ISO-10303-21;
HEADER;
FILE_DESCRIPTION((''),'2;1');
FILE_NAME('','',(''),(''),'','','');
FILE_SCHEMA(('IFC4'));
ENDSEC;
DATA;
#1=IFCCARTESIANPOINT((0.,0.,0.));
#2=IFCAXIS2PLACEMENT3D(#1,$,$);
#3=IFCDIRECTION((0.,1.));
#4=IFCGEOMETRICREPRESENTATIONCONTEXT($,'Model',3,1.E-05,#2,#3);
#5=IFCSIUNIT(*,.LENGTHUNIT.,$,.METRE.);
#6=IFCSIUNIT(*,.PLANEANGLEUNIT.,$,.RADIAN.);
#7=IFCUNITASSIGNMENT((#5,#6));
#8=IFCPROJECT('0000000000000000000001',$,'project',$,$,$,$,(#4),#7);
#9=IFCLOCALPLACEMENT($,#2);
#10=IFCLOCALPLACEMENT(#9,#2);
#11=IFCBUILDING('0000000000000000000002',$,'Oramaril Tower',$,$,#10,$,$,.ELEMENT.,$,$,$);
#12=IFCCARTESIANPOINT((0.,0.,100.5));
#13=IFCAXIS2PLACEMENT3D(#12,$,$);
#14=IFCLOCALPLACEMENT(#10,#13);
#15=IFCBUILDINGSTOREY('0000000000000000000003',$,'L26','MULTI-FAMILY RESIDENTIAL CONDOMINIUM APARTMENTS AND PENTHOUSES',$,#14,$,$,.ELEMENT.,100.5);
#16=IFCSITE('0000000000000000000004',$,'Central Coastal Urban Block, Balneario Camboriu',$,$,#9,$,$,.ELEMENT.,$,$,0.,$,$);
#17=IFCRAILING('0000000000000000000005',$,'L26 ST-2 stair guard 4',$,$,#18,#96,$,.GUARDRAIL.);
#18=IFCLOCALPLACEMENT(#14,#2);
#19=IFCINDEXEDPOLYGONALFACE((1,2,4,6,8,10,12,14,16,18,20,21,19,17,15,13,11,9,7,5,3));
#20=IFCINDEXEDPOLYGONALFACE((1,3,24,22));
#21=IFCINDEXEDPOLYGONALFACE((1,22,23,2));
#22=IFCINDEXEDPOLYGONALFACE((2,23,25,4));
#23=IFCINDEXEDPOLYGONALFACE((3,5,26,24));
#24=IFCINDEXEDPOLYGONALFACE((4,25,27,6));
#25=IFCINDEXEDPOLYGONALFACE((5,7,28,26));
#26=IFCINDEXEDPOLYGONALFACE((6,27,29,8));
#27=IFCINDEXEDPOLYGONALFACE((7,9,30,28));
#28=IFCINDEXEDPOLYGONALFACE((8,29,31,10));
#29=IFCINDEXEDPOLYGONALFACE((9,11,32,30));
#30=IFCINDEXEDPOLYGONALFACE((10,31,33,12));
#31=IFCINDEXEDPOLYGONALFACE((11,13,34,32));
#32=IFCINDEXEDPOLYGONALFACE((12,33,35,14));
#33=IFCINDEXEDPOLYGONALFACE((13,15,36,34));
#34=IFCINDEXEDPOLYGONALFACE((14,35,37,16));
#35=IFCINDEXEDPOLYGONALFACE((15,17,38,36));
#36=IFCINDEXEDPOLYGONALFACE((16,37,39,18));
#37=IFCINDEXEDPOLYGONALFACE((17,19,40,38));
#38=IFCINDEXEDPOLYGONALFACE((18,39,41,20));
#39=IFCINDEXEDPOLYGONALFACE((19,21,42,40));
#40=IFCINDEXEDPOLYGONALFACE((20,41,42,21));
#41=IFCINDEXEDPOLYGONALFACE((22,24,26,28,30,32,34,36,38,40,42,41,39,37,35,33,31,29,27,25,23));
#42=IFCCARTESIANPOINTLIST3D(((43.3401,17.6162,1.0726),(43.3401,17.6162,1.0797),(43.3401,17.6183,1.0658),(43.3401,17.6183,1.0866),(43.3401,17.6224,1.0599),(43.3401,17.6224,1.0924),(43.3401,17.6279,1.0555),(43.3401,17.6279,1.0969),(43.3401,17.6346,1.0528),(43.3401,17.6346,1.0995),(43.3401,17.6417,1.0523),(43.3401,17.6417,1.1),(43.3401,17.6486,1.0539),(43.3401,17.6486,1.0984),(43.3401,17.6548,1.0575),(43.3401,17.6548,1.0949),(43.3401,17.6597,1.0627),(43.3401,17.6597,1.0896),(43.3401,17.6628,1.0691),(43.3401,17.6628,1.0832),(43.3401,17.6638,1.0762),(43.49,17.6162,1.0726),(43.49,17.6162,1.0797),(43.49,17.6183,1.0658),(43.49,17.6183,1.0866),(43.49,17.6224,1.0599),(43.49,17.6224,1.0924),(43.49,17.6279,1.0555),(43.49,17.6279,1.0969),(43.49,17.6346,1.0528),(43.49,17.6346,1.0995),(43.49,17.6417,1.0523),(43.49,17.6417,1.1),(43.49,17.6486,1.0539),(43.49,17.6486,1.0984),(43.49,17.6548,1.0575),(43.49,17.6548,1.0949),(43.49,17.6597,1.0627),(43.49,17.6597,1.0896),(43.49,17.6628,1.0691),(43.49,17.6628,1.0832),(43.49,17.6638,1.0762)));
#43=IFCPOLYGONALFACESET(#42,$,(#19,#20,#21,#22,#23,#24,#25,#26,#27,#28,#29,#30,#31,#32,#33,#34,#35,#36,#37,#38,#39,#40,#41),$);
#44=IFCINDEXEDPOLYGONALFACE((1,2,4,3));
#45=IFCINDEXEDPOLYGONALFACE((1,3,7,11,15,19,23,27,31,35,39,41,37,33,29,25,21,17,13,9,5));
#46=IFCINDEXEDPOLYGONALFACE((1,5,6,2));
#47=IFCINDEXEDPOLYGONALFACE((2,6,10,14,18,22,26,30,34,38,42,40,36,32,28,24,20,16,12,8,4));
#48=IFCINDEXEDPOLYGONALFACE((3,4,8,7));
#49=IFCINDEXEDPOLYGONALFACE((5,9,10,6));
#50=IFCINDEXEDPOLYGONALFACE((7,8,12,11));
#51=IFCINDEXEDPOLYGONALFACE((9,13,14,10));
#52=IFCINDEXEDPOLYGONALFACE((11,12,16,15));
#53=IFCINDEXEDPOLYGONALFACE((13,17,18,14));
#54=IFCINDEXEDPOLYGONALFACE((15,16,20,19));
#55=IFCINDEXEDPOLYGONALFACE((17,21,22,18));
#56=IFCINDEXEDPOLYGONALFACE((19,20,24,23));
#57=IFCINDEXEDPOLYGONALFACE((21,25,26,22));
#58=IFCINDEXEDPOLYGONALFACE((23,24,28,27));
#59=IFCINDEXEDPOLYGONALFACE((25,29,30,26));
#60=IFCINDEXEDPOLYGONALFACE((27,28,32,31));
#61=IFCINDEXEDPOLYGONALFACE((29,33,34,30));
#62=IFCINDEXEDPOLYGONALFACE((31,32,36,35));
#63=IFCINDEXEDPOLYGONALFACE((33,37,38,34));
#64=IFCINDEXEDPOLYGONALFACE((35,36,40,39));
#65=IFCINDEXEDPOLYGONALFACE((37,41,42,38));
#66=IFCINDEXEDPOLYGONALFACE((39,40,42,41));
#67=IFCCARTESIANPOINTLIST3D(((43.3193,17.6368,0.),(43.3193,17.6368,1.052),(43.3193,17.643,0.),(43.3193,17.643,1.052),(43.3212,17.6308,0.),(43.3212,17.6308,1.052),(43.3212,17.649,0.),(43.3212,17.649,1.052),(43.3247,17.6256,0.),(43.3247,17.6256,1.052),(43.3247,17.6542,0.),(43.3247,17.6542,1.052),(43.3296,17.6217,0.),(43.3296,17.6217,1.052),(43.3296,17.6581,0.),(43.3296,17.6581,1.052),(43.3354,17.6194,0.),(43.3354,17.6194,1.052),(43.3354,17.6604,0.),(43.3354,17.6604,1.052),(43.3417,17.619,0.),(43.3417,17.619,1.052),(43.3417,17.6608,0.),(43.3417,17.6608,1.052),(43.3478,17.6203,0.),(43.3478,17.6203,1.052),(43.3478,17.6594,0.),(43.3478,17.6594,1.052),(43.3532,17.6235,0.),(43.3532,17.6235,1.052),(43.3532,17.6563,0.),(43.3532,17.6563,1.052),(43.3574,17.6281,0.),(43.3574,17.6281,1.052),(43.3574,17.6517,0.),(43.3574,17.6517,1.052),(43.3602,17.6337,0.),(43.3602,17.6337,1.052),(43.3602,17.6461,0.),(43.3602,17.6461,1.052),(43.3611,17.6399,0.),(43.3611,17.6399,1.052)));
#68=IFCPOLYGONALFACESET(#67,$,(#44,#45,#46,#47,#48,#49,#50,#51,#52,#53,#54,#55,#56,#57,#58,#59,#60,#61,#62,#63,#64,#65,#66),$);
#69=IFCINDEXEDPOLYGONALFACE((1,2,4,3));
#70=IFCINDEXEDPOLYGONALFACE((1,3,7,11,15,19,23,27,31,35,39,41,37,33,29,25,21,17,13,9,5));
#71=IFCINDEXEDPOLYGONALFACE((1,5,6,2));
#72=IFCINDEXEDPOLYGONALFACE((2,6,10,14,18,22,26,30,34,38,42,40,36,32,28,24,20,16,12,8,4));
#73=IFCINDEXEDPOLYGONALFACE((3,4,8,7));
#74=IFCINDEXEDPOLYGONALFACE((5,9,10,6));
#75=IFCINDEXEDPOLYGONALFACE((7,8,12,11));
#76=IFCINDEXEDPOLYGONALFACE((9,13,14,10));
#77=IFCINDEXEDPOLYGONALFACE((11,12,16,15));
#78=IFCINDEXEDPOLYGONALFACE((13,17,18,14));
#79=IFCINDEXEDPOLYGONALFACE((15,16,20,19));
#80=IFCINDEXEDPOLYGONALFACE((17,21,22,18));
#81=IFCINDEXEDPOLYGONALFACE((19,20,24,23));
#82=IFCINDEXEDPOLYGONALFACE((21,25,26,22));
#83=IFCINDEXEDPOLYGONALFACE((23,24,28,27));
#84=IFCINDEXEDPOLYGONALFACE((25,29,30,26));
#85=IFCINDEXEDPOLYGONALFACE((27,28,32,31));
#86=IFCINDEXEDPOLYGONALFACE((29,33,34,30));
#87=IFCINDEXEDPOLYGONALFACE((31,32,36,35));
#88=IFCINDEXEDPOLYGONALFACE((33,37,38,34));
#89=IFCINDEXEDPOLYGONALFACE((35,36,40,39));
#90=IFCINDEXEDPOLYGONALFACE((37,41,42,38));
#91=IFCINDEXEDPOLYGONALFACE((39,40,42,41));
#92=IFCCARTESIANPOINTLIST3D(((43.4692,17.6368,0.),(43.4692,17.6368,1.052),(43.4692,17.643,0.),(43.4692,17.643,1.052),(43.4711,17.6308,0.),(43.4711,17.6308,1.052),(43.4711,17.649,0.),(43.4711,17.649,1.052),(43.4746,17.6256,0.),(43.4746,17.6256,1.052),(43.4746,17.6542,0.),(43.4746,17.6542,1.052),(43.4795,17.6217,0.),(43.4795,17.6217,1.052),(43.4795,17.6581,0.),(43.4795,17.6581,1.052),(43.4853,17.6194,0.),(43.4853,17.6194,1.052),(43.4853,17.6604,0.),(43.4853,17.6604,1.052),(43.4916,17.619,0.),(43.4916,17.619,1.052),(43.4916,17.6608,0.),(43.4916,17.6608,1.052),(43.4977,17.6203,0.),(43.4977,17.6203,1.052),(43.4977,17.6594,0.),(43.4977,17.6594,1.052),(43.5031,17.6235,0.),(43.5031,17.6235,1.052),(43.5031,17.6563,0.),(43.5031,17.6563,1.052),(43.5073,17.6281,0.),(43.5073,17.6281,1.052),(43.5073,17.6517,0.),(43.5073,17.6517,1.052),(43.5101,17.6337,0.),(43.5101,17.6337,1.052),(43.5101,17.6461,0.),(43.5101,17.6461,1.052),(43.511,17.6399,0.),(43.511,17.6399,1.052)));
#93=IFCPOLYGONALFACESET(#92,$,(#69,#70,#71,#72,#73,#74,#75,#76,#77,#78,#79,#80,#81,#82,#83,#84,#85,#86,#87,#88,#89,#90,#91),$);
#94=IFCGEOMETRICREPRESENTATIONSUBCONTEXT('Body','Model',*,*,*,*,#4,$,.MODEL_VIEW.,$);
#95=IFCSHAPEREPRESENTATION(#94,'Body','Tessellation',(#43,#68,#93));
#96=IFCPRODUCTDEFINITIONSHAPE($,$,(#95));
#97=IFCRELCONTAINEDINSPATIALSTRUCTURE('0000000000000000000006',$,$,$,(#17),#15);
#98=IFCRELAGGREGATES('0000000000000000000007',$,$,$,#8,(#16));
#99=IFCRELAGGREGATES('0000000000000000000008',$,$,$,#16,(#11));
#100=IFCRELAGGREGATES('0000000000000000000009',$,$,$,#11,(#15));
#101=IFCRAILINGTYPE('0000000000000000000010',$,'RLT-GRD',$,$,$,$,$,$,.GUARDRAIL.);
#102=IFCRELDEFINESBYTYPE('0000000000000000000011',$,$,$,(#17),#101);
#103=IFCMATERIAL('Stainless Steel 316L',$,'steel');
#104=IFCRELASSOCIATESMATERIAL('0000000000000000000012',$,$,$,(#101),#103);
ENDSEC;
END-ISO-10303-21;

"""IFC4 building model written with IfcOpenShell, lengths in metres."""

from ifc_helpers import new_model, si_unit, direction, frame, origin, origin_2d, place, context, subcontext, project, spatial, circle, extrude, material, type_object, element, save


model = new_model("IFC4")

# Units and contexts
model_context = context("Model", 3, precision=1e-05, world=origin(), true_north=direction((0.0, 1.0)))
body_context = subcontext(model_context, "Body", "Model", "MODEL_VIEW")
ifc_project = project(units=[si_unit("LENGTHUNIT", "METRE"), si_unit("PLANEANGLEUNIT", "RADIAN")], contexts=[model_context])

# Site, building, storey
site_placement = place(None, origin())
site = spatial("IfcSite", under=ifc_project, at=site_placement, Name="Central Coastal Urban Block, Balneario Camboriu", CompositionType="ELEMENT", RefElevation=0.0)
building_placement = place(site_placement, origin())
building = spatial("IfcBuilding", under=site, at=building_placement, Name="Oramaril Tower", CompositionType="ELEMENT")
storey_placement = place(building_placement, frame((0.0, 0.0, 100.5)))
storey = spatial("IfcBuildingStorey", under=building, at=storey_placement, Name="L26", Description="MULTI-FAMILY RESIDENTIAL CONDOMINIUM APARTMENTS AND PENTHOUSES", CompositionType="ELEMENT", Elevation=100.5)

# Railing
ifc_material_1 = material(Name="Stainless Steel 316L", Category="steel")
railing_type_1 = type_object("IfcRailingType", Name="RLT-GRD", PredefinedType="GUARDRAIL", material=ifc_material_1)
railing_1_placement = place(storey_placement, frame((43.3401, 17.6399, 0.0)))
element("IfcRailing", 1, at=railing_1_placement, inside=storey, type_object=railing_type_1, Name="L26 ST-2 stair guard 4", PredefinedType="GUARDRAIL", context=body_context, shape_type="SweptSolid", body=[
    extrude(circle(Radius=0.0239, at=origin_2d()), frame((0.0, 0.0, 1.0762), z_axis=(1.0, 0.0, 0.0), x_axis=(0.0, 1.0, 0.0)), (0.0, 0.0, 1.0), 0.1499),
    extrude(circle(Radius=0.021, at=origin_2d()), origin(), (0.0, 0.0, 1.0), 1.052),
    extrude(circle(Radius=0.021, at=origin_2d()), frame((0.1499, 0.0, 0.0)), (0.0, 0.0, 1.0), 1.052),
])

save(model, "model.ifc")
